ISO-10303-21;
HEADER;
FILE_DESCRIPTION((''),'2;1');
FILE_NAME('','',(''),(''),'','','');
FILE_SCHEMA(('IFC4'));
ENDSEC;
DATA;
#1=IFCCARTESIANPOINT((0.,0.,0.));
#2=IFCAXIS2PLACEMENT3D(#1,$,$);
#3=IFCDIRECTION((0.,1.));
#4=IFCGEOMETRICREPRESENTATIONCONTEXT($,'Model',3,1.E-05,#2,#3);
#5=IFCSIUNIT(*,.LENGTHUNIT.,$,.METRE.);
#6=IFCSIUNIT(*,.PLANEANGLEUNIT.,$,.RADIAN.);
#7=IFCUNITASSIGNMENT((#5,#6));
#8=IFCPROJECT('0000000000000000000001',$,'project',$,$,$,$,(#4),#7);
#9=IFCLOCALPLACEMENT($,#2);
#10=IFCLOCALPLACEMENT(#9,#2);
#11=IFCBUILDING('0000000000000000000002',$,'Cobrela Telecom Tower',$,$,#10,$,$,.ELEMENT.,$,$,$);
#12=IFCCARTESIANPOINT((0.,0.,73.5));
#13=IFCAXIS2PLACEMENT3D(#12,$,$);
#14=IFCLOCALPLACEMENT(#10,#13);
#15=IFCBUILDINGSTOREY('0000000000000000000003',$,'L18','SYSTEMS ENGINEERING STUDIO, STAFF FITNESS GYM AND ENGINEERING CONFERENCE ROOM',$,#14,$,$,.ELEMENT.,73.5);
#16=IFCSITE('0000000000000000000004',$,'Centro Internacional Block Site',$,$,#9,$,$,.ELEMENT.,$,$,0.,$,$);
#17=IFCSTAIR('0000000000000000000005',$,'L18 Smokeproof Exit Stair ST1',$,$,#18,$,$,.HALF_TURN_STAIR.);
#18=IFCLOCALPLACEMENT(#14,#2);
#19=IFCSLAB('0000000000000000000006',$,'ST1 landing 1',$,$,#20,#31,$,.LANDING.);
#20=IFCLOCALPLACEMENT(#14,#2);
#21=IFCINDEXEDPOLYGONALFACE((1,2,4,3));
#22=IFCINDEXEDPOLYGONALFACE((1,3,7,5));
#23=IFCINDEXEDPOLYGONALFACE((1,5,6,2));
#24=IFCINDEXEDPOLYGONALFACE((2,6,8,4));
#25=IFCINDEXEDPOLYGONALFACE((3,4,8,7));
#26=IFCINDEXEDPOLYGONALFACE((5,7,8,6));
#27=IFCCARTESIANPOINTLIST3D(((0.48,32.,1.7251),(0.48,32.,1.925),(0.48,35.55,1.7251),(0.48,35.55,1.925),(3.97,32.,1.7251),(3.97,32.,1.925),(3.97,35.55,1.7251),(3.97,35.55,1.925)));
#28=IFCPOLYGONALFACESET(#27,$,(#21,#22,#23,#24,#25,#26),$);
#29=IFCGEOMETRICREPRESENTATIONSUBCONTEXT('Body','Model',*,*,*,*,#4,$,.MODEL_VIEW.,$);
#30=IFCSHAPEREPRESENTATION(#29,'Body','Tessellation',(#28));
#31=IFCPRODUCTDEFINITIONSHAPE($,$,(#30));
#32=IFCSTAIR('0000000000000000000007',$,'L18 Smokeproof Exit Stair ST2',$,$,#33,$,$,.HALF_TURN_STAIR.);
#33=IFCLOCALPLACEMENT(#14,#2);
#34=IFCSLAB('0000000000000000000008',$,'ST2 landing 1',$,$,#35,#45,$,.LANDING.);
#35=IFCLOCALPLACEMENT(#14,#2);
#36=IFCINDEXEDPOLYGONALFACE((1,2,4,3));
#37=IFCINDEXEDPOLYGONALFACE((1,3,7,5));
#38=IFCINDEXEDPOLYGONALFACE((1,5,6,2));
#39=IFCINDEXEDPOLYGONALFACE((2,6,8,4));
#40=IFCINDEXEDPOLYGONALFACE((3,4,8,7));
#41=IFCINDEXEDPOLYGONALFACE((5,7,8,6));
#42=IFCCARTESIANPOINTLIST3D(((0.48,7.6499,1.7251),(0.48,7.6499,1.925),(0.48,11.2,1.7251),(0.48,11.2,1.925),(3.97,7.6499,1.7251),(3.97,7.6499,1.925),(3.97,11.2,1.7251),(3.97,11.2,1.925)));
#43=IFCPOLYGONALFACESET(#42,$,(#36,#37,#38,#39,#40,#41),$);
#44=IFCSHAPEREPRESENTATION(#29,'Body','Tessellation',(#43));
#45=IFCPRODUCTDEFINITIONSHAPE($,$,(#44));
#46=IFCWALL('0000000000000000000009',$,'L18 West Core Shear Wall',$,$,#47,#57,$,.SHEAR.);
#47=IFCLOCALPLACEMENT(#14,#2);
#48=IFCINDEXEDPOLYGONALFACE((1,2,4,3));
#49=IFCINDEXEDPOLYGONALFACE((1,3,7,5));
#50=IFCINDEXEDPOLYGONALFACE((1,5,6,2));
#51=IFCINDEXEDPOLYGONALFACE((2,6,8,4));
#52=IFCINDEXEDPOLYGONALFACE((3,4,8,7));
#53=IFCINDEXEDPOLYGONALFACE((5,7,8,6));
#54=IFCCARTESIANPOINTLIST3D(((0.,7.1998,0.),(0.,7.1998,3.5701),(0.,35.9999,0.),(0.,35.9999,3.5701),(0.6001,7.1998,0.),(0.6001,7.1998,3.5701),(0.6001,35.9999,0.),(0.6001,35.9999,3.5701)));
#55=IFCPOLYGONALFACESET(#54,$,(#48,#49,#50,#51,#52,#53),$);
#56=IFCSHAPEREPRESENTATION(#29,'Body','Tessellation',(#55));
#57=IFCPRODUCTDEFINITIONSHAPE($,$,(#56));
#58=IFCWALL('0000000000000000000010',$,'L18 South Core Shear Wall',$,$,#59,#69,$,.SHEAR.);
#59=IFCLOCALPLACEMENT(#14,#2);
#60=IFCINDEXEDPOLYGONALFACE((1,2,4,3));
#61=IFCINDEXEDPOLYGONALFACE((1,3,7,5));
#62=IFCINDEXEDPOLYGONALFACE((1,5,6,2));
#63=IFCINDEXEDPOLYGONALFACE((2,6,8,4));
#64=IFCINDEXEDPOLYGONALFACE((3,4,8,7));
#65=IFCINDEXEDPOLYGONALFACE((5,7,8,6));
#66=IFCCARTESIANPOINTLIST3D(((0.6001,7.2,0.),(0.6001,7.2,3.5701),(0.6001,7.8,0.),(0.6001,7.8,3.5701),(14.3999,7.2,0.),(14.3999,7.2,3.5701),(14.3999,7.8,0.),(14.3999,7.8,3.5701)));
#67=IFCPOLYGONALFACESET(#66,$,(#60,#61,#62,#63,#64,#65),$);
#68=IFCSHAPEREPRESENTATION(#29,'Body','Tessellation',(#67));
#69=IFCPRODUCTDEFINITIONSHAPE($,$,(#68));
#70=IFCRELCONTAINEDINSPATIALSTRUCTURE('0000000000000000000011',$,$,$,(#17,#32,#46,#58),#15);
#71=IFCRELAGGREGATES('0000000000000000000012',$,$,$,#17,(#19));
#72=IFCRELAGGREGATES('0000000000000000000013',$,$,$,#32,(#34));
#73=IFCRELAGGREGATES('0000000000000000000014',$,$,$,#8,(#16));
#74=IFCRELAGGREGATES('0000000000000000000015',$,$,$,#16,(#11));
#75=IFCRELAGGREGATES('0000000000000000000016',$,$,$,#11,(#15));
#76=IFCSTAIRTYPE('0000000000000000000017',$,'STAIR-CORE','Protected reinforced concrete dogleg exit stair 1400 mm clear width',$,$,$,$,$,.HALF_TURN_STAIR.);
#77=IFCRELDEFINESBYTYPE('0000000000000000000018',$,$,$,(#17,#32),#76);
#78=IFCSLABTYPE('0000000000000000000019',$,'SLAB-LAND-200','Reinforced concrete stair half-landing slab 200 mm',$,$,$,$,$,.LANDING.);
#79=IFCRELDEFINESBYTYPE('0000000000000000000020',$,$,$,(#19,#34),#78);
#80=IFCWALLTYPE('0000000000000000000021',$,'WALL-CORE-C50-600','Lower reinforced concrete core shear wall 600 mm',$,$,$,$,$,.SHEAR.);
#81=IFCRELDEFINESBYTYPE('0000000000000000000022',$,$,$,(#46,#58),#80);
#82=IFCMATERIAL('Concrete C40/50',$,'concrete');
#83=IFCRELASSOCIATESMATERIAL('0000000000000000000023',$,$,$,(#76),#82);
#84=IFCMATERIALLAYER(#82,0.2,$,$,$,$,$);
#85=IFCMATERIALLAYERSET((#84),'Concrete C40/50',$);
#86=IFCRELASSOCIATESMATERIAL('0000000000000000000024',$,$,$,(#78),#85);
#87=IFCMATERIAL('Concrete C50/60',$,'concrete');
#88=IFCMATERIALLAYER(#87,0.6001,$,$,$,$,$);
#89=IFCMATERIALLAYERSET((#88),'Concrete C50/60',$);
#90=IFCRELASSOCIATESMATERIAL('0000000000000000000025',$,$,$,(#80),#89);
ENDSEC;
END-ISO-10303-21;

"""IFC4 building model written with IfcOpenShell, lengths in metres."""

from ifc_helpers import new_model, si_unit, direction, frame, frame_2d, origin, place, context, subcontext, project, spatial, polyline, rectangle, outline, extrude, material, layer, layer_set, type_object, element, aggregate, save


model = new_model("IFC4")

# Units and contexts
model_context = context("Model", 3, precision=1e-05, world=origin(), true_north=direction((0.0, 1.0)))
body_context = subcontext(model_context, "Body", "Model", "MODEL_VIEW")
ifc_project = project(units=[si_unit("LENGTHUNIT", "METRE"), si_unit("PLANEANGLEUNIT", "RADIAN")], contexts=[model_context])

# Site, building, storey
site_placement = place(None, origin())
site = spatial("IfcSite", under=ifc_project, at=site_placement, Name="Centro Internacional Block Site", CompositionType="ELEMENT", RefElevation=0.0)
building_placement = place(site_placement, origin())
building = spatial("IfcBuilding", under=site, at=building_placement, Name="Cobrela Telecom Tower", CompositionType="ELEMENT")
storey_placement = place(building_placement, frame((0.0, 0.0, 73.5)))
storey = spatial("IfcBuildingStorey", under=building, at=storey_placement, Name="L18", Description="SYSTEMS ENGINEERING STUDIO, STAFF FITNESS GYM AND ENGINEERING CONFERENCE ROOM", CompositionType="ELEMENT", Elevation=73.5)

# Shared definitions
ifc_material_1 = material(Name="Concrete C40/50", Category="concrete")

# Stairs, slabs
stair_type = type_object("IfcStairType", Name="STAIR-CORE", Description="Protected reinforced concrete dogleg exit stair 1400 mm clear width", PredefinedType="HALF_TURN_STAIR", material=ifc_material_1)
stair_1_placement = place(storey_placement, origin())
stair_1 = element("IfcStair", 1, at=stair_1_placement, inside=storey, type_object=stair_type, Name="L18 Smokeproof Exit Stair ST1", PredefinedType="HALF_TURN_STAIR")
ifc_layer_1 = layer(ifc_material_1, 0.2)
ifc_layer_set_1 = layer_set([ifc_layer_1], Name="Concrete C40/50")
slab_type_1 = type_object("IfcSlabType", Name="SLAB-LAND-200", Description="Reinforced concrete stair half-landing slab 200 mm", PredefinedType="LANDING", material=ifc_layer_set_1)
slab_1_placement = place(storey_placement, frame((0.0, 0.0, 1.7251)))
slab_1 = element("IfcSlab", 2, at=slab_1_placement, type_object=slab_type_1, Name="ST1 landing 1", PredefinedType="LANDING", context=body_context, shape_type="SweptSolid", body=[
    extrude(outline(polyline([(3.97, 35.55), (0.48, 35.55), (0.48, 32.0), (3.97, 32.0), (3.97, 35.55)])), origin(), (0.0, 0.0, 1.0), 0.2),
])
aggregate(stair_1, [slab_1])
stair_2_placement = place(storey_placement, origin())
stair_2 = element("IfcStair", 3, at=stair_2_placement, inside=storey, type_object=stair_type, Name="L18 Smokeproof Exit Stair ST2", PredefinedType="HALF_TURN_STAIR")
slab_2_placement = place(storey_placement, frame((0.0, 0.0, 1.7251)))
slab_2 = element("IfcSlab", 4, at=slab_2_placement, type_object=slab_type_1, Name="ST2 landing 1", PredefinedType="LANDING", context=body_context, shape_type="SweptSolid", body=[
    extrude(outline(polyline([(3.97, 11.2), (0.48, 11.2), (0.48, 7.6499), (3.97, 7.6499), (3.97, 11.2)])), origin(), (0.0, 0.0, 1.0), 0.2),
])
aggregate(stair_2, [slab_2])

# Walls
ifc_material_2 = material(Name="Concrete C50/60", Category="concrete")
ifc_layer_2 = layer(ifc_material_2, 0.6001)
ifc_layer_set_2 = layer_set([ifc_layer_2], Name="Concrete C50/60")
wall_type = type_object("IfcWallType", Name="WALL-CORE-C50-600", Description="Lower reinforced concrete core shear wall 600 mm", PredefinedType="SHEAR", material=ifc_layer_set_2)
wall_1_placement = place(storey_placement, frame((0.3, 7.2, 0.0), z_axis=(0.0, 0.0, 1.0), x_axis=(0.0, 1.0, 0.0)))
element("IfcWall", 5, at=wall_1_placement, inside=storey, type_object=wall_type, Name="L18 West Core Shear Wall", PredefinedType="SHEAR", context=body_context, shape_type="SweptSolid", body=[
    extrude(rectangle(XDim=28.8, YDim=0.6001, at=frame_2d((14.3999, 0.0))), origin(), (0.0, 0.0, 1.0), 3.5701),
])
wall_2_placement = place(storey_placement, frame((0.6001, 7.5, 0.0), z_axis=(0.0, 0.0, 1.0), x_axis=(1.0, 0.0, 0.0)))
element("IfcWall", 6, at=wall_2_placement, inside=storey, type_object=wall_type, Name="L18 South Core Shear Wall", PredefinedType="SHEAR", context=body_context, shape_type="SweptSolid", body=[
    extrude(rectangle(XDim=13.7998, YDim=0.6001, at=frame_2d((6.8999, 0.0))), origin(), (0.0, 0.0, 1.0), 3.5701),
])

save(model, "model.ifc")
